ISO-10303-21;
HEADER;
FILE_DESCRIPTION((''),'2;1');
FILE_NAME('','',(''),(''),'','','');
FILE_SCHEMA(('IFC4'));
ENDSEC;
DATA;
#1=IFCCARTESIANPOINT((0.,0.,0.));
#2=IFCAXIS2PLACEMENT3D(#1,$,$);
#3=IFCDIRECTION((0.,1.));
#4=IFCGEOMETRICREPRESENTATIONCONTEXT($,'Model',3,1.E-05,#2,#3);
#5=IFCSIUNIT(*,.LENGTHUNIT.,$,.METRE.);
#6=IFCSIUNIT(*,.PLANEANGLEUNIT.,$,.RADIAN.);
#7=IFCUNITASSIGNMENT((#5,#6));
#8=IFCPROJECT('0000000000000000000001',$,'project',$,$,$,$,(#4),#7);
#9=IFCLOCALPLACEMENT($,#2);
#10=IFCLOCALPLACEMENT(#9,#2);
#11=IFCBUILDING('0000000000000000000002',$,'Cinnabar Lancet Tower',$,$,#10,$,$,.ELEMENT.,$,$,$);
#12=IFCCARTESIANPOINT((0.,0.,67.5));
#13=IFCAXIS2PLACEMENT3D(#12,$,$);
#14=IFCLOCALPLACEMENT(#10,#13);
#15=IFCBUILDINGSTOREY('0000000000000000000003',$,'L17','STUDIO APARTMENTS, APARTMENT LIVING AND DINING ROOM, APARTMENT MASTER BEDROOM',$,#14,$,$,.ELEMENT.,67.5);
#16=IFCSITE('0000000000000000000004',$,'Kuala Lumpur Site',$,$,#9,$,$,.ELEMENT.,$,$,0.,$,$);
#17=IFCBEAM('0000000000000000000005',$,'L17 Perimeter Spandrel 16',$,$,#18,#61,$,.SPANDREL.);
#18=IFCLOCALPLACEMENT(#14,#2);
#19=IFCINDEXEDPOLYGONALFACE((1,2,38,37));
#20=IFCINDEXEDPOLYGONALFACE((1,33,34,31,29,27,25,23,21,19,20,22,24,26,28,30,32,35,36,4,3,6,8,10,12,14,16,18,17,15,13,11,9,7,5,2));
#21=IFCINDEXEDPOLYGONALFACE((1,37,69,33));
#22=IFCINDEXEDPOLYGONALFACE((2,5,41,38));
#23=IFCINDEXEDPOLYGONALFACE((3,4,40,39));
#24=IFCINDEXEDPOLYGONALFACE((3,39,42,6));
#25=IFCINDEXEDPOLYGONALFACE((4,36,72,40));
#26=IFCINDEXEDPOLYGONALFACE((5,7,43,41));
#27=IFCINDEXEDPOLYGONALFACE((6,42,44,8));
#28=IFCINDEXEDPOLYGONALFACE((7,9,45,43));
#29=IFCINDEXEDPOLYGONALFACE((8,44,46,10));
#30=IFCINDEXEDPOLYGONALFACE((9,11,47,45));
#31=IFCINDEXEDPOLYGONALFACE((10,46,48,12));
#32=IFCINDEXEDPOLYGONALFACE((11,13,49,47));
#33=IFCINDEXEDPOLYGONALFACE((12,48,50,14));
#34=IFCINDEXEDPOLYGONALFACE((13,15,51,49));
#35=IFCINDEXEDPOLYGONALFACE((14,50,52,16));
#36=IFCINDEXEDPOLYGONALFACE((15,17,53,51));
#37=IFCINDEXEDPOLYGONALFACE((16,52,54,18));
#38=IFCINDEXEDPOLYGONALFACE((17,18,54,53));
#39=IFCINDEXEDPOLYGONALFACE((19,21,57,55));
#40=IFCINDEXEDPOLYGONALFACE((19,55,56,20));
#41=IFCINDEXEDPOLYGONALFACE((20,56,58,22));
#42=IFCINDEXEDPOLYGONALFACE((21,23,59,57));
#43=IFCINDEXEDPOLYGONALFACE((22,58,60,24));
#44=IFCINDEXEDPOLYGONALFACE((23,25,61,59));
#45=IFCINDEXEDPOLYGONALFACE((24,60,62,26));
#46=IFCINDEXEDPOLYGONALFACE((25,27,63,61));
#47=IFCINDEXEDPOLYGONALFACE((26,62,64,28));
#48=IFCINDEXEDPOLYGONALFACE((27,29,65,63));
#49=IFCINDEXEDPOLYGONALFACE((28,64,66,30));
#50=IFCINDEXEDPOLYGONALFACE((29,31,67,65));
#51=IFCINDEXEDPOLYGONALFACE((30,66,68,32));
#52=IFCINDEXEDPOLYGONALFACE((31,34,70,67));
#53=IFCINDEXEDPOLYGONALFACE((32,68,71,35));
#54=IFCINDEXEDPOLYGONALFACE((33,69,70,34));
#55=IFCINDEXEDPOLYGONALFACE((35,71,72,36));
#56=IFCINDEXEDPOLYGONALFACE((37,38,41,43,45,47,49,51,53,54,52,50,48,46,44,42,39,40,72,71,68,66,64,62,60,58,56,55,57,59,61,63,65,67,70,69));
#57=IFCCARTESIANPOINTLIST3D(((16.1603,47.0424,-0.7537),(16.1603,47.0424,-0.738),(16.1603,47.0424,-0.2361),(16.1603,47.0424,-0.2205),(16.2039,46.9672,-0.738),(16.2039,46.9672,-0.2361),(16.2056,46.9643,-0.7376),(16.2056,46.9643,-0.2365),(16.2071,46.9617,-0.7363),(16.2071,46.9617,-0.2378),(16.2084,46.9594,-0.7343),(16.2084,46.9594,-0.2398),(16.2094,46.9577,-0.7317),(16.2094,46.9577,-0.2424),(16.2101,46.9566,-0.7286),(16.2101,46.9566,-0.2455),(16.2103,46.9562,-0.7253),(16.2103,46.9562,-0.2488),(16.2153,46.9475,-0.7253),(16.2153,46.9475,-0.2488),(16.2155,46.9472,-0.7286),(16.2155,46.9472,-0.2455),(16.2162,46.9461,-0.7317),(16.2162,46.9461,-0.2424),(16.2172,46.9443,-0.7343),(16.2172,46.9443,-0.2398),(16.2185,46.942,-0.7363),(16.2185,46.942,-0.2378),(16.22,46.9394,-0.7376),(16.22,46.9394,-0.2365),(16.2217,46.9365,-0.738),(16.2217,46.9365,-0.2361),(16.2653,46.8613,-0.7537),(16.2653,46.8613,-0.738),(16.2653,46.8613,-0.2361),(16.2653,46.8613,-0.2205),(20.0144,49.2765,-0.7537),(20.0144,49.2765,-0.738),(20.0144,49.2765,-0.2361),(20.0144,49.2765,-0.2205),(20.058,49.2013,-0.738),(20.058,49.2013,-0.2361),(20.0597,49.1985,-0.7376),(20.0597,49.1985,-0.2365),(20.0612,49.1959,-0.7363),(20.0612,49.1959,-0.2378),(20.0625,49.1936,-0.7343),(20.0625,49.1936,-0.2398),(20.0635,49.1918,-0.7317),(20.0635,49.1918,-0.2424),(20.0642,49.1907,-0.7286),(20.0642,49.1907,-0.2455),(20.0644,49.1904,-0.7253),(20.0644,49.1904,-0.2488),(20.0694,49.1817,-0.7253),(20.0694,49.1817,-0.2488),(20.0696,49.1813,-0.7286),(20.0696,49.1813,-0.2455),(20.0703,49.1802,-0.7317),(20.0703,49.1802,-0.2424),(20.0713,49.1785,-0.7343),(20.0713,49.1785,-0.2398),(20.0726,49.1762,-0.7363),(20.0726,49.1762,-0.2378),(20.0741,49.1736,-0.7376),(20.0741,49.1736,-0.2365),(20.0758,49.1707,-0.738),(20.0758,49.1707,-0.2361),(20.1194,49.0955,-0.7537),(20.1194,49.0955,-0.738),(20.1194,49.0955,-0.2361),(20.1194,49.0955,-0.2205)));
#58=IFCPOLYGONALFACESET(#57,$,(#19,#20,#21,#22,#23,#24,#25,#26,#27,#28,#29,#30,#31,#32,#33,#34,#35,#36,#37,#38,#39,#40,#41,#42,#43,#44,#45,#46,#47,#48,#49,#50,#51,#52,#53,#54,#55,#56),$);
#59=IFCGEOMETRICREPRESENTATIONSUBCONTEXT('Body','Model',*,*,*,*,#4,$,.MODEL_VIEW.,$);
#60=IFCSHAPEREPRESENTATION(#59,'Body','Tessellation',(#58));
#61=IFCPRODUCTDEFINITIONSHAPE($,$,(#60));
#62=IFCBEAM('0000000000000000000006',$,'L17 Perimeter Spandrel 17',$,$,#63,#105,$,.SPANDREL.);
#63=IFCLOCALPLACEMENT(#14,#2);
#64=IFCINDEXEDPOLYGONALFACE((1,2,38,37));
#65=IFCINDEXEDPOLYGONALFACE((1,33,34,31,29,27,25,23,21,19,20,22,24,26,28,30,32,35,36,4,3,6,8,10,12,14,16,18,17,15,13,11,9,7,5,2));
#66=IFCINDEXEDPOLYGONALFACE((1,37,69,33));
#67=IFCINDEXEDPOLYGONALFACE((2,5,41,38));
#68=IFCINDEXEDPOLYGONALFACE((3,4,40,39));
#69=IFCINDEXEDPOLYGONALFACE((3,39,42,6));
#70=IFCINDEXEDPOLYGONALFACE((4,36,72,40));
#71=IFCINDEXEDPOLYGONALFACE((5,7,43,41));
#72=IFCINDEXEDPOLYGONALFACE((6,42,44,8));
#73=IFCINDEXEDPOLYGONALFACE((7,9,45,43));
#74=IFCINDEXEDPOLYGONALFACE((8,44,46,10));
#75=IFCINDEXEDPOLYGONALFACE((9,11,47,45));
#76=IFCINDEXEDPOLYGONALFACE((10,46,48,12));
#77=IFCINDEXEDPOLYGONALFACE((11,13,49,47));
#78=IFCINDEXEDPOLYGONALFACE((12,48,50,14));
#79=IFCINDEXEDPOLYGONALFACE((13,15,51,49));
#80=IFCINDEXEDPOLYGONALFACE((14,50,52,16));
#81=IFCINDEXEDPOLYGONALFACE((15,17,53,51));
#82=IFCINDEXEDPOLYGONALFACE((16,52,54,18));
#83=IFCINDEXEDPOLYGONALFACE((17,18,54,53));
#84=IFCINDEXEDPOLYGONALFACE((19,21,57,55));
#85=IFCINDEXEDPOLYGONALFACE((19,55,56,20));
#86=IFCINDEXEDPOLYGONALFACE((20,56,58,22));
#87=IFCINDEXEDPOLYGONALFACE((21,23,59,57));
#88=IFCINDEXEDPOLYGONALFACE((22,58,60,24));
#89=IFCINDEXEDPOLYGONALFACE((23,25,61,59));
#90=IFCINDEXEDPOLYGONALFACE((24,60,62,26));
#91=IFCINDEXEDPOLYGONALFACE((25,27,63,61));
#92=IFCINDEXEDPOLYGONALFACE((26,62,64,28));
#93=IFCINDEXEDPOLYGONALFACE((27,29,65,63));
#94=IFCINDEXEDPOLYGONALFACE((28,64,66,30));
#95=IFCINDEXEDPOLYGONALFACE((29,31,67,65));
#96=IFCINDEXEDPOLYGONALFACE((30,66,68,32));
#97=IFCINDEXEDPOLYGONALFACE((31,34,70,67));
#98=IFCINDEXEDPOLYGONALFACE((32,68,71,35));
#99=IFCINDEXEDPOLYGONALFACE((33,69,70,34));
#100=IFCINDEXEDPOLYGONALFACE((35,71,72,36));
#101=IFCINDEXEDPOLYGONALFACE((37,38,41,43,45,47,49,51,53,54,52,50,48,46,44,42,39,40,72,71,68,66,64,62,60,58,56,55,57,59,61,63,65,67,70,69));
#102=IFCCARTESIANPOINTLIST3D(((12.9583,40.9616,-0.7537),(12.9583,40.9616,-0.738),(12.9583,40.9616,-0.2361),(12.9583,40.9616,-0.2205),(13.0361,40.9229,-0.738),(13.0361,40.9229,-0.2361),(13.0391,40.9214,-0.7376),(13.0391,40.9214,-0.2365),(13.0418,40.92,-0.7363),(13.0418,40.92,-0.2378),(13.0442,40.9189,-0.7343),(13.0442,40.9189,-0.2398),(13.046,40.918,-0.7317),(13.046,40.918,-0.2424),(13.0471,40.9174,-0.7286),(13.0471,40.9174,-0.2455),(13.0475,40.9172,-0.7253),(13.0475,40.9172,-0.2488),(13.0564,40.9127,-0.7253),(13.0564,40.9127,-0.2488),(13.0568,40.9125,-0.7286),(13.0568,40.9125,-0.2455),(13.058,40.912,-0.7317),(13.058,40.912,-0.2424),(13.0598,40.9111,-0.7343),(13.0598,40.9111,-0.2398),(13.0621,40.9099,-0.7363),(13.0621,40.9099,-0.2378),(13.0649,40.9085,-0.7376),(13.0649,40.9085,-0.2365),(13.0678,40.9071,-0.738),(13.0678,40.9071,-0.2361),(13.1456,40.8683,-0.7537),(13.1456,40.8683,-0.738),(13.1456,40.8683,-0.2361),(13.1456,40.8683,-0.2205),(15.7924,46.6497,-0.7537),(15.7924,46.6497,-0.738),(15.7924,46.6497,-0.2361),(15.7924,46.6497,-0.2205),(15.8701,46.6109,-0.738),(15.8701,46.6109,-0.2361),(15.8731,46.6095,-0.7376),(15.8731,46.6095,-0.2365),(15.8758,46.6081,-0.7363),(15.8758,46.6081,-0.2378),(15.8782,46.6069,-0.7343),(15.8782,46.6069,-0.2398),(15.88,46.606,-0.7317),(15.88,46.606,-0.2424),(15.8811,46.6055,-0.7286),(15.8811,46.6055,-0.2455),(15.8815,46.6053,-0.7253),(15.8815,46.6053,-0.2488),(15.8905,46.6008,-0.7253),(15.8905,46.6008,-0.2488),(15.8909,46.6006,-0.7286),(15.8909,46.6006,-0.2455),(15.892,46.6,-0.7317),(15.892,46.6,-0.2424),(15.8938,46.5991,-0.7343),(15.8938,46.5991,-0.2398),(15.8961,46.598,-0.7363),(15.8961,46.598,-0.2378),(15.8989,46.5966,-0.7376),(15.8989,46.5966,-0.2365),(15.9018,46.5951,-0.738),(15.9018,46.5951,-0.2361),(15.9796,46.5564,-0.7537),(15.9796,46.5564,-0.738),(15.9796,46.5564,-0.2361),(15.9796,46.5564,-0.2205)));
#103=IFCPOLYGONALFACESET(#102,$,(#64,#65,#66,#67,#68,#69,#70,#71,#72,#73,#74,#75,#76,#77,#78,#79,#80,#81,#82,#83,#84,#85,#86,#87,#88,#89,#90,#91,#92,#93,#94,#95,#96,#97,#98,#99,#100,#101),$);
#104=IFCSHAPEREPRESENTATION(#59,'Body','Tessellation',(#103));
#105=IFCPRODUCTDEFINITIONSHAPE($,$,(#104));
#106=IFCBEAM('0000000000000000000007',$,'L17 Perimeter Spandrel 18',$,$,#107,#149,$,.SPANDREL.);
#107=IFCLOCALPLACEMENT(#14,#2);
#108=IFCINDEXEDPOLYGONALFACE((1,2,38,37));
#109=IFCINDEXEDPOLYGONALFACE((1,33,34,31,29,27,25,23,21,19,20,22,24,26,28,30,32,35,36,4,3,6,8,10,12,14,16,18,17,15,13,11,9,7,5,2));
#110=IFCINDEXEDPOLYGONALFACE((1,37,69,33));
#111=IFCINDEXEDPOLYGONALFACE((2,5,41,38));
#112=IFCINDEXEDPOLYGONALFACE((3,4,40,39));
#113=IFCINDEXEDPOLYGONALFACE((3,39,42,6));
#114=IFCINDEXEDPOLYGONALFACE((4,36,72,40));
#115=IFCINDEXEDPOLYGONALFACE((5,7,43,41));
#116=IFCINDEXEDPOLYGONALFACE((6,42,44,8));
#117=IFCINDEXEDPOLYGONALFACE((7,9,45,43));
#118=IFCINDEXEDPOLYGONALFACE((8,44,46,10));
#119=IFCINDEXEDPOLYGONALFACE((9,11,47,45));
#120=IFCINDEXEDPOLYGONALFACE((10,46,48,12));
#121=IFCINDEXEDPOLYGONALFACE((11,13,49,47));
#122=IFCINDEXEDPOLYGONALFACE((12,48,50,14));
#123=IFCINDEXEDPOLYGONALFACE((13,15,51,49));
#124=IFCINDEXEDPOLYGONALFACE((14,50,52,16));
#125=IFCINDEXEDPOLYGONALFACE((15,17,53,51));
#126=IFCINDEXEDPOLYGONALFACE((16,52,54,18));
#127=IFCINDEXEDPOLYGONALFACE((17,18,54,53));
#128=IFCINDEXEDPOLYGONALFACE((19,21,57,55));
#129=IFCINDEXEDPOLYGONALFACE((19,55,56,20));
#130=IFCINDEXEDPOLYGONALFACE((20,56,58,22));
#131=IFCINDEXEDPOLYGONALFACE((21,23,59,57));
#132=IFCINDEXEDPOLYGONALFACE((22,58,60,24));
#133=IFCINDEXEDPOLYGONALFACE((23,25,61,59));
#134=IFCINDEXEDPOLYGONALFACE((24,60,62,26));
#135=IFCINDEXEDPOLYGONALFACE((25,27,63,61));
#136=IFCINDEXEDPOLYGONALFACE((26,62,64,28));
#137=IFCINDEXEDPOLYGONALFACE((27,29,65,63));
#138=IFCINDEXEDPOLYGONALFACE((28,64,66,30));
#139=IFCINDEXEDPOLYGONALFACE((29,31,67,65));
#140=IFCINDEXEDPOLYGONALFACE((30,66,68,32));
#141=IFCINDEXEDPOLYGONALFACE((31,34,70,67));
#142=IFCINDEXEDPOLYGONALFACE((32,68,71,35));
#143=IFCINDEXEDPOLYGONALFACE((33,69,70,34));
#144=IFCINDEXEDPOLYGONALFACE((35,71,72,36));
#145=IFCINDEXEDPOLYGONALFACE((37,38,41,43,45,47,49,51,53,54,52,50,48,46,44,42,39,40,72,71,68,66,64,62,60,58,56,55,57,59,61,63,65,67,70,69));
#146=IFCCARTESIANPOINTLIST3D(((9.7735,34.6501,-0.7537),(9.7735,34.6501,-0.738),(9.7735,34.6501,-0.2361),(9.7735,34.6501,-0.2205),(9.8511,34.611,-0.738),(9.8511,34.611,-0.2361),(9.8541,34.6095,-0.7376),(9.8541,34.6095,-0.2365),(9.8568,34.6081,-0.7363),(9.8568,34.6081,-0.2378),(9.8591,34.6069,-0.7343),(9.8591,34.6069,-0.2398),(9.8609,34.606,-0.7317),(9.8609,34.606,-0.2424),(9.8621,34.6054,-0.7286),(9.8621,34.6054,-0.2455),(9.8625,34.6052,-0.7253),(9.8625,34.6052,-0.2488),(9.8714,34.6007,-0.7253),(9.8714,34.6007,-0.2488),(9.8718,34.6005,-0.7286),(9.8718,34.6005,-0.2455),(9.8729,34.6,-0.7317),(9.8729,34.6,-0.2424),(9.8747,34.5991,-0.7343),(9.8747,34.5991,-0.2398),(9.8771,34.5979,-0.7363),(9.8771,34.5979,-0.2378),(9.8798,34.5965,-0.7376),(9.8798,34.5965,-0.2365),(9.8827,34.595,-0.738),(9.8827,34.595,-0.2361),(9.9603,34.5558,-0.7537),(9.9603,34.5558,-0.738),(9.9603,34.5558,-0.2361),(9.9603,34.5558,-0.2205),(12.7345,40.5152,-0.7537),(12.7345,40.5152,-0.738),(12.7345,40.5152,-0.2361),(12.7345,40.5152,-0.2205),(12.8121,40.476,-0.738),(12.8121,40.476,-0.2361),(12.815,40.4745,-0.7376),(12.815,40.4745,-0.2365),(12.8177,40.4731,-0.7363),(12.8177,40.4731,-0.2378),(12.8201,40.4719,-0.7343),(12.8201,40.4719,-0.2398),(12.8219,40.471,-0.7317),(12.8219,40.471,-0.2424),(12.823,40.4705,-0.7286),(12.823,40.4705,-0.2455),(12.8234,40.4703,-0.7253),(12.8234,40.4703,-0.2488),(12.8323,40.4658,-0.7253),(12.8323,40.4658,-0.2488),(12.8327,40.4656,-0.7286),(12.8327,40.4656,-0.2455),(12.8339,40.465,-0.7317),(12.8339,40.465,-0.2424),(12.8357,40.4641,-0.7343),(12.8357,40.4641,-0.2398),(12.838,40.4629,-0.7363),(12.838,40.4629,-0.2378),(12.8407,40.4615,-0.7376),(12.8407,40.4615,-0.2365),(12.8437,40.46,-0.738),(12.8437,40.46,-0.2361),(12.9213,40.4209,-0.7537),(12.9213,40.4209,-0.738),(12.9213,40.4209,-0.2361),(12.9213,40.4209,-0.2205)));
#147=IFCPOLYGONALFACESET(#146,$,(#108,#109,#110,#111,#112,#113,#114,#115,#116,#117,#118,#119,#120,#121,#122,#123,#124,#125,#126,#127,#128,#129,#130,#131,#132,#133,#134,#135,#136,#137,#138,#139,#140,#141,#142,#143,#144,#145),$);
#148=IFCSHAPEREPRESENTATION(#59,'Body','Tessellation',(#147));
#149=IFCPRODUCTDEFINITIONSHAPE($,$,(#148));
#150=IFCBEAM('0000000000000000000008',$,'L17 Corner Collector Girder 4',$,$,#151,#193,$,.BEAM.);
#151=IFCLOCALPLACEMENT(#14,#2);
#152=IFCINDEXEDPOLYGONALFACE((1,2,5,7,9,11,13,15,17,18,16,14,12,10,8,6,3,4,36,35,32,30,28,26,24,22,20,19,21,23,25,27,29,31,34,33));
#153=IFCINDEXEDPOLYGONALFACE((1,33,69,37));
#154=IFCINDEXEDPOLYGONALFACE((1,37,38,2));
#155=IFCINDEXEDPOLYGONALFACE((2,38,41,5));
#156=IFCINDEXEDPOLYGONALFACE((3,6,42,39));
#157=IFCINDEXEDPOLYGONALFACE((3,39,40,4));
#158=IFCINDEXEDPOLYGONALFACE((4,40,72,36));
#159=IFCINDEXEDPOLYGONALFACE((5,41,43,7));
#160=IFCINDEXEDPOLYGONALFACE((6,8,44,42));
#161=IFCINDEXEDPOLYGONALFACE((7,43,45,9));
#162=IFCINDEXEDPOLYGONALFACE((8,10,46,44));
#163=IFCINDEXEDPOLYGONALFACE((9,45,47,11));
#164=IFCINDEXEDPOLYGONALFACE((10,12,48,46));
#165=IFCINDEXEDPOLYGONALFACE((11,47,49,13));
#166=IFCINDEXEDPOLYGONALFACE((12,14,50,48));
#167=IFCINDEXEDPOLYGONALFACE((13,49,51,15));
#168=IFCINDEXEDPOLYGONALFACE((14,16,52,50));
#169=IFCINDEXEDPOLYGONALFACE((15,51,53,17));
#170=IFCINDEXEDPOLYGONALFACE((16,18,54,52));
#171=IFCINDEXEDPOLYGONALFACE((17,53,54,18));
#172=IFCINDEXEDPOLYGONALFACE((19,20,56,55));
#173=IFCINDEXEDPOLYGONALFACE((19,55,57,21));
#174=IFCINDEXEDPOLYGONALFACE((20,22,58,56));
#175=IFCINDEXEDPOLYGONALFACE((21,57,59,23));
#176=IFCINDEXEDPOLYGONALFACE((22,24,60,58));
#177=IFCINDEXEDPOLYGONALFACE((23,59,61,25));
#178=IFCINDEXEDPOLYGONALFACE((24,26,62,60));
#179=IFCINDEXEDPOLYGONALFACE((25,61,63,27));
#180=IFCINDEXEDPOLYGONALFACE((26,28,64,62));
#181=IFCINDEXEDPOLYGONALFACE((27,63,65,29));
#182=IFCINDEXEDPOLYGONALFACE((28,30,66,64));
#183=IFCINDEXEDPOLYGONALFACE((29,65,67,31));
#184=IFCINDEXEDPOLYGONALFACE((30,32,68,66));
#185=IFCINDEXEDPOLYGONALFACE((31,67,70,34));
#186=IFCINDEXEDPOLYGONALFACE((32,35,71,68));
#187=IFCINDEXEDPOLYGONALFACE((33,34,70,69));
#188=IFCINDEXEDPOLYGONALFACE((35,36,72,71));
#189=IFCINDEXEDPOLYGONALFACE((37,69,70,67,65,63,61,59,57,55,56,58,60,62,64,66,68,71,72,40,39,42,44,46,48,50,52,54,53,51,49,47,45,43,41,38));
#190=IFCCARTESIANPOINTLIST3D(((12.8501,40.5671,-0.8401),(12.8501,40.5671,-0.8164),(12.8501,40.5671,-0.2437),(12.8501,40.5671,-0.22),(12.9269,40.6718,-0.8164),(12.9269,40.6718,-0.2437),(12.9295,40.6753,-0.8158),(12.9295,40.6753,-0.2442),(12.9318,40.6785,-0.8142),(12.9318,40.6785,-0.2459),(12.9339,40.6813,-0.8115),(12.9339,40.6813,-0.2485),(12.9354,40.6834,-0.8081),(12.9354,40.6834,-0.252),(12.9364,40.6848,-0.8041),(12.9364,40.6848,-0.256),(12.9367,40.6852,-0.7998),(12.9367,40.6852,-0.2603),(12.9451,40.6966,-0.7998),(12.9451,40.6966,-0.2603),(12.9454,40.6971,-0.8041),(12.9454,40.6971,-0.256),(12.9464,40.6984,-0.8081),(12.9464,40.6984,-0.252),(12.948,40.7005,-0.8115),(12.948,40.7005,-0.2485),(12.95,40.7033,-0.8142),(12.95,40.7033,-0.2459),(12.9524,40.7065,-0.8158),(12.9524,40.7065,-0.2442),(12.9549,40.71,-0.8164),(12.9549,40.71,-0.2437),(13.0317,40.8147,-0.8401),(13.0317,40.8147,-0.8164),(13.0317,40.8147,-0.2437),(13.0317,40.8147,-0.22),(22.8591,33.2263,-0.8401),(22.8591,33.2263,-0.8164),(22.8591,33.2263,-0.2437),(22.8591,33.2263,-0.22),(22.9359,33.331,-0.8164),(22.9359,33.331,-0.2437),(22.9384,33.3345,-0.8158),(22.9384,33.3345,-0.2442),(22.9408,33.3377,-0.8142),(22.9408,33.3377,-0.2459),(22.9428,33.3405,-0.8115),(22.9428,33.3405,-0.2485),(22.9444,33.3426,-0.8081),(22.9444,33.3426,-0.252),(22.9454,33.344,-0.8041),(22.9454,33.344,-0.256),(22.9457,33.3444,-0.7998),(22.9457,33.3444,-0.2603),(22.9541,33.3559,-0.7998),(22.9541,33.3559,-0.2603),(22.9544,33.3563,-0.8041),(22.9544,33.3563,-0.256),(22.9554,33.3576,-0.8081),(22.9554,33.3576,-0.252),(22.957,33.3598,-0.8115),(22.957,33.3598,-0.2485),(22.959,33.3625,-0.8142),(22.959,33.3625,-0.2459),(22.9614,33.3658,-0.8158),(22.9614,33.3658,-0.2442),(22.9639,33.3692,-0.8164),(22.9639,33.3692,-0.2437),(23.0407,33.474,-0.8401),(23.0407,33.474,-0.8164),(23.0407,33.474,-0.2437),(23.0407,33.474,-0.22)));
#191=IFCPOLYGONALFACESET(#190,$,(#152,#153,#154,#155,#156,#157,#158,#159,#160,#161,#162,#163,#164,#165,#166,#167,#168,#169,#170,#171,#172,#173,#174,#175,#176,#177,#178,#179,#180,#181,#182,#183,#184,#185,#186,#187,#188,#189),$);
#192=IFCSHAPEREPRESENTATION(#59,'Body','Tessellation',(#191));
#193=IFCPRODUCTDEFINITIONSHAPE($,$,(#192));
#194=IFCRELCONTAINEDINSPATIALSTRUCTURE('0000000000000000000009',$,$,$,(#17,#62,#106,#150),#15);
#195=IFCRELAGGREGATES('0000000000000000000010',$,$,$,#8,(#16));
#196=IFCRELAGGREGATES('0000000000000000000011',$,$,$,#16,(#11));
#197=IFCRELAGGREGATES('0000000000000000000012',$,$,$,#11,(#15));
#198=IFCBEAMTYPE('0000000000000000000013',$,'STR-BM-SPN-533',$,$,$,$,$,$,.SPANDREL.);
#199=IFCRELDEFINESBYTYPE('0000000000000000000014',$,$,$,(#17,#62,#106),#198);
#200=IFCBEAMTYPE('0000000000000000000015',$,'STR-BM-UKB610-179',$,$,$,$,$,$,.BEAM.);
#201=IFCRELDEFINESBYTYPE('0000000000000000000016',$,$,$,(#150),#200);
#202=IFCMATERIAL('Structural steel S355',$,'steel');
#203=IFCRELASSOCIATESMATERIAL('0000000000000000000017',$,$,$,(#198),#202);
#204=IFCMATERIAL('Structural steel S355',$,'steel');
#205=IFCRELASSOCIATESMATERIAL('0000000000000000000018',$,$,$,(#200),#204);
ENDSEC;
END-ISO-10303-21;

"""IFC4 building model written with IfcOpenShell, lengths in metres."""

from ifc_helpers import new_model, si_unit, direction, frame, origin, origin_2d, place, context, subcontext, project, spatial, i_section, extrude, material, material_profile, profile_set, type_object, element, save


model = new_model("IFC4")

# Units and contexts
model_context = context("Model", 3, precision=1e-05, world=origin(), true_north=direction((0.0, 1.0)))
body_context = subcontext(model_context, "Body", "Model", "MODEL_VIEW")
ifc_project = project(units=[si_unit("LENGTHUNIT", "METRE"), si_unit("PLANEANGLEUNIT", "RADIAN")], contexts=[model_context])

# Site, building, storey
site_placement = place(None, origin())
site = spatial("IfcSite", under=ifc_project, at=site_placement, Name="Kuala Lumpur Site", CompositionType="ELEMENT", RefElevation=0.0)
building_placement = place(site_placement, origin())
building = spatial("IfcBuilding", under=site, at=building_placement, Name="Cinnabar Lancet Tower", CompositionType="ELEMENT")
storey_placement = place(building_placement, frame((0.0, 0.0, 67.5)))
storey = spatial("IfcBuildingStorey", under=building, at=storey_placement, Name="L17", Description="STUDIO APARTMENTS, APARTMENT LIVING AND DINING ROOM, APARTMENT MASTER BEDROOM", CompositionType="ELEMENT", Elevation=67.5)

# Beams
ifc_material_1 = material(Name="Structural steel S355", Category="steel")
ifc_material_profile_1 = material_profile(ifc_material_1, i_section(OverallWidth=0.2092, OverallDepth=0.5332, WebThickness=0.01, FlangeThickness=0.0156, FilletRadius=0.0127, at=origin_2d()), Name="UKB 533x210x92")
ifc_profile_set_1 = profile_set([ifc_material_profile_1], Name="Structural steel S355")
beam_type_1 = type_object("IfcBeamType", Name="STR-BM-SPN-533", PredefinedType="SPANDREL", material=ifc_profile_set_1)
beam_1_placement = place(storey_placement, frame((20.0669, 49.186, -0.4871), z_axis=(-0.865147, -0.501518, 0.0), x_axis=(0.501518, -0.865147, 0.0)))
element("IfcBeam", 1, at=beam_1_placement, inside=storey, type_object=beam_type_1, Name="L17 Perimeter Spandrel 16", PredefinedType="SPANDREL", context=body_context, shape_type="SweptSolid", body=[
    extrude(i_section(OverallWidth=0.2092, OverallDepth=0.5332, WebThickness=0.01, FlangeThickness=0.0156, FilletRadius=0.0127, at=origin_2d()), origin(), (0.0, 0.0, 1.0), 4.4548),
])
beam_2_placement = place(storey_placement, frame((15.886, 46.603, -0.4871), z_axis=(-0.445953, -0.895056, 0.0), x_axis=(0.895056, -0.445953, 0.0)))
element("IfcBeam", 2, at=beam_2_placement, inside=storey, type_object=beam_type_1, Name="L17 Perimeter Spandrel 17", PredefinedType="SPANDREL", context=body_context, shape_type="SweptSolid", body=[
    extrude(i_section(OverallWidth=0.2092, OverallDepth=0.5332, WebThickness=0.01, FlangeThickness=0.0156, FilletRadius=0.0127, at=origin_2d()), origin(), (0.0, 0.0, 1.0), 6.355),
])
beam_3_placement = place(storey_placement, frame((12.8279, 40.468, -0.4871), z_axis=(-0.450674, -0.892689, 0.0), x_axis=(0.892689, -0.450674, 0.0)))
element("IfcBeam", 3, at=beam_3_placement, inside=storey, type_object=beam_type_1, Name="L17 Perimeter Spandrel 18", PredefinedType="SPANDREL", context=body_context, shape_type="SweptSolid", body=[
    extrude(i_section(OverallWidth=0.2092, OverallDepth=0.5332, WebThickness=0.01, FlangeThickness=0.0156, FilletRadius=0.0127, at=origin_2d()), origin(), (0.0, 0.0, 1.0), 6.5701),
])
ifc_material_2 = material(Name="Structural steel S355", Category="steel")
ifc_material_profile_2 = material_profile(ifc_material_2, i_section(OverallWidth=0.3071, OverallDepth=0.6201, WebThickness=0.0142, FlangeThickness=0.0237, FilletRadius=0.0166, at=origin_2d()), Name="UKB 610x305x179")
ifc_profile_set_2 = profile_set([ifc_material_profile_2], Name="Structural steel S355")
beam_type_2 = type_object("IfcBeamType", Name="STR-BM-UKB610-179", PredefinedType="BEAM", material=ifc_profile_set_2)
beam_4_placement = place(storey_placement, frame((12.9409, 40.6909, -0.53), z_axis=(0.806372, -0.591409, 0.0), x_axis=(0.591409, 0.806372, 0.0)))
element("IfcBeam", 4, at=beam_4_placement, inside=storey, type_object=beam_type_2, Name="L17 Corner Collector Girder 4", PredefinedType="BEAM", context=body_context, shape_type="SweptSolid", body=[
    extrude(i_section(OverallWidth=0.3071, OverallDepth=0.6201, WebThickness=0.0142, FlangeThickness=0.0237, FilletRadius=0.0166, at=origin_2d()), origin(), (0.0, 0.0, 1.0), 12.4124),
])

save(model, "model.ifc")
